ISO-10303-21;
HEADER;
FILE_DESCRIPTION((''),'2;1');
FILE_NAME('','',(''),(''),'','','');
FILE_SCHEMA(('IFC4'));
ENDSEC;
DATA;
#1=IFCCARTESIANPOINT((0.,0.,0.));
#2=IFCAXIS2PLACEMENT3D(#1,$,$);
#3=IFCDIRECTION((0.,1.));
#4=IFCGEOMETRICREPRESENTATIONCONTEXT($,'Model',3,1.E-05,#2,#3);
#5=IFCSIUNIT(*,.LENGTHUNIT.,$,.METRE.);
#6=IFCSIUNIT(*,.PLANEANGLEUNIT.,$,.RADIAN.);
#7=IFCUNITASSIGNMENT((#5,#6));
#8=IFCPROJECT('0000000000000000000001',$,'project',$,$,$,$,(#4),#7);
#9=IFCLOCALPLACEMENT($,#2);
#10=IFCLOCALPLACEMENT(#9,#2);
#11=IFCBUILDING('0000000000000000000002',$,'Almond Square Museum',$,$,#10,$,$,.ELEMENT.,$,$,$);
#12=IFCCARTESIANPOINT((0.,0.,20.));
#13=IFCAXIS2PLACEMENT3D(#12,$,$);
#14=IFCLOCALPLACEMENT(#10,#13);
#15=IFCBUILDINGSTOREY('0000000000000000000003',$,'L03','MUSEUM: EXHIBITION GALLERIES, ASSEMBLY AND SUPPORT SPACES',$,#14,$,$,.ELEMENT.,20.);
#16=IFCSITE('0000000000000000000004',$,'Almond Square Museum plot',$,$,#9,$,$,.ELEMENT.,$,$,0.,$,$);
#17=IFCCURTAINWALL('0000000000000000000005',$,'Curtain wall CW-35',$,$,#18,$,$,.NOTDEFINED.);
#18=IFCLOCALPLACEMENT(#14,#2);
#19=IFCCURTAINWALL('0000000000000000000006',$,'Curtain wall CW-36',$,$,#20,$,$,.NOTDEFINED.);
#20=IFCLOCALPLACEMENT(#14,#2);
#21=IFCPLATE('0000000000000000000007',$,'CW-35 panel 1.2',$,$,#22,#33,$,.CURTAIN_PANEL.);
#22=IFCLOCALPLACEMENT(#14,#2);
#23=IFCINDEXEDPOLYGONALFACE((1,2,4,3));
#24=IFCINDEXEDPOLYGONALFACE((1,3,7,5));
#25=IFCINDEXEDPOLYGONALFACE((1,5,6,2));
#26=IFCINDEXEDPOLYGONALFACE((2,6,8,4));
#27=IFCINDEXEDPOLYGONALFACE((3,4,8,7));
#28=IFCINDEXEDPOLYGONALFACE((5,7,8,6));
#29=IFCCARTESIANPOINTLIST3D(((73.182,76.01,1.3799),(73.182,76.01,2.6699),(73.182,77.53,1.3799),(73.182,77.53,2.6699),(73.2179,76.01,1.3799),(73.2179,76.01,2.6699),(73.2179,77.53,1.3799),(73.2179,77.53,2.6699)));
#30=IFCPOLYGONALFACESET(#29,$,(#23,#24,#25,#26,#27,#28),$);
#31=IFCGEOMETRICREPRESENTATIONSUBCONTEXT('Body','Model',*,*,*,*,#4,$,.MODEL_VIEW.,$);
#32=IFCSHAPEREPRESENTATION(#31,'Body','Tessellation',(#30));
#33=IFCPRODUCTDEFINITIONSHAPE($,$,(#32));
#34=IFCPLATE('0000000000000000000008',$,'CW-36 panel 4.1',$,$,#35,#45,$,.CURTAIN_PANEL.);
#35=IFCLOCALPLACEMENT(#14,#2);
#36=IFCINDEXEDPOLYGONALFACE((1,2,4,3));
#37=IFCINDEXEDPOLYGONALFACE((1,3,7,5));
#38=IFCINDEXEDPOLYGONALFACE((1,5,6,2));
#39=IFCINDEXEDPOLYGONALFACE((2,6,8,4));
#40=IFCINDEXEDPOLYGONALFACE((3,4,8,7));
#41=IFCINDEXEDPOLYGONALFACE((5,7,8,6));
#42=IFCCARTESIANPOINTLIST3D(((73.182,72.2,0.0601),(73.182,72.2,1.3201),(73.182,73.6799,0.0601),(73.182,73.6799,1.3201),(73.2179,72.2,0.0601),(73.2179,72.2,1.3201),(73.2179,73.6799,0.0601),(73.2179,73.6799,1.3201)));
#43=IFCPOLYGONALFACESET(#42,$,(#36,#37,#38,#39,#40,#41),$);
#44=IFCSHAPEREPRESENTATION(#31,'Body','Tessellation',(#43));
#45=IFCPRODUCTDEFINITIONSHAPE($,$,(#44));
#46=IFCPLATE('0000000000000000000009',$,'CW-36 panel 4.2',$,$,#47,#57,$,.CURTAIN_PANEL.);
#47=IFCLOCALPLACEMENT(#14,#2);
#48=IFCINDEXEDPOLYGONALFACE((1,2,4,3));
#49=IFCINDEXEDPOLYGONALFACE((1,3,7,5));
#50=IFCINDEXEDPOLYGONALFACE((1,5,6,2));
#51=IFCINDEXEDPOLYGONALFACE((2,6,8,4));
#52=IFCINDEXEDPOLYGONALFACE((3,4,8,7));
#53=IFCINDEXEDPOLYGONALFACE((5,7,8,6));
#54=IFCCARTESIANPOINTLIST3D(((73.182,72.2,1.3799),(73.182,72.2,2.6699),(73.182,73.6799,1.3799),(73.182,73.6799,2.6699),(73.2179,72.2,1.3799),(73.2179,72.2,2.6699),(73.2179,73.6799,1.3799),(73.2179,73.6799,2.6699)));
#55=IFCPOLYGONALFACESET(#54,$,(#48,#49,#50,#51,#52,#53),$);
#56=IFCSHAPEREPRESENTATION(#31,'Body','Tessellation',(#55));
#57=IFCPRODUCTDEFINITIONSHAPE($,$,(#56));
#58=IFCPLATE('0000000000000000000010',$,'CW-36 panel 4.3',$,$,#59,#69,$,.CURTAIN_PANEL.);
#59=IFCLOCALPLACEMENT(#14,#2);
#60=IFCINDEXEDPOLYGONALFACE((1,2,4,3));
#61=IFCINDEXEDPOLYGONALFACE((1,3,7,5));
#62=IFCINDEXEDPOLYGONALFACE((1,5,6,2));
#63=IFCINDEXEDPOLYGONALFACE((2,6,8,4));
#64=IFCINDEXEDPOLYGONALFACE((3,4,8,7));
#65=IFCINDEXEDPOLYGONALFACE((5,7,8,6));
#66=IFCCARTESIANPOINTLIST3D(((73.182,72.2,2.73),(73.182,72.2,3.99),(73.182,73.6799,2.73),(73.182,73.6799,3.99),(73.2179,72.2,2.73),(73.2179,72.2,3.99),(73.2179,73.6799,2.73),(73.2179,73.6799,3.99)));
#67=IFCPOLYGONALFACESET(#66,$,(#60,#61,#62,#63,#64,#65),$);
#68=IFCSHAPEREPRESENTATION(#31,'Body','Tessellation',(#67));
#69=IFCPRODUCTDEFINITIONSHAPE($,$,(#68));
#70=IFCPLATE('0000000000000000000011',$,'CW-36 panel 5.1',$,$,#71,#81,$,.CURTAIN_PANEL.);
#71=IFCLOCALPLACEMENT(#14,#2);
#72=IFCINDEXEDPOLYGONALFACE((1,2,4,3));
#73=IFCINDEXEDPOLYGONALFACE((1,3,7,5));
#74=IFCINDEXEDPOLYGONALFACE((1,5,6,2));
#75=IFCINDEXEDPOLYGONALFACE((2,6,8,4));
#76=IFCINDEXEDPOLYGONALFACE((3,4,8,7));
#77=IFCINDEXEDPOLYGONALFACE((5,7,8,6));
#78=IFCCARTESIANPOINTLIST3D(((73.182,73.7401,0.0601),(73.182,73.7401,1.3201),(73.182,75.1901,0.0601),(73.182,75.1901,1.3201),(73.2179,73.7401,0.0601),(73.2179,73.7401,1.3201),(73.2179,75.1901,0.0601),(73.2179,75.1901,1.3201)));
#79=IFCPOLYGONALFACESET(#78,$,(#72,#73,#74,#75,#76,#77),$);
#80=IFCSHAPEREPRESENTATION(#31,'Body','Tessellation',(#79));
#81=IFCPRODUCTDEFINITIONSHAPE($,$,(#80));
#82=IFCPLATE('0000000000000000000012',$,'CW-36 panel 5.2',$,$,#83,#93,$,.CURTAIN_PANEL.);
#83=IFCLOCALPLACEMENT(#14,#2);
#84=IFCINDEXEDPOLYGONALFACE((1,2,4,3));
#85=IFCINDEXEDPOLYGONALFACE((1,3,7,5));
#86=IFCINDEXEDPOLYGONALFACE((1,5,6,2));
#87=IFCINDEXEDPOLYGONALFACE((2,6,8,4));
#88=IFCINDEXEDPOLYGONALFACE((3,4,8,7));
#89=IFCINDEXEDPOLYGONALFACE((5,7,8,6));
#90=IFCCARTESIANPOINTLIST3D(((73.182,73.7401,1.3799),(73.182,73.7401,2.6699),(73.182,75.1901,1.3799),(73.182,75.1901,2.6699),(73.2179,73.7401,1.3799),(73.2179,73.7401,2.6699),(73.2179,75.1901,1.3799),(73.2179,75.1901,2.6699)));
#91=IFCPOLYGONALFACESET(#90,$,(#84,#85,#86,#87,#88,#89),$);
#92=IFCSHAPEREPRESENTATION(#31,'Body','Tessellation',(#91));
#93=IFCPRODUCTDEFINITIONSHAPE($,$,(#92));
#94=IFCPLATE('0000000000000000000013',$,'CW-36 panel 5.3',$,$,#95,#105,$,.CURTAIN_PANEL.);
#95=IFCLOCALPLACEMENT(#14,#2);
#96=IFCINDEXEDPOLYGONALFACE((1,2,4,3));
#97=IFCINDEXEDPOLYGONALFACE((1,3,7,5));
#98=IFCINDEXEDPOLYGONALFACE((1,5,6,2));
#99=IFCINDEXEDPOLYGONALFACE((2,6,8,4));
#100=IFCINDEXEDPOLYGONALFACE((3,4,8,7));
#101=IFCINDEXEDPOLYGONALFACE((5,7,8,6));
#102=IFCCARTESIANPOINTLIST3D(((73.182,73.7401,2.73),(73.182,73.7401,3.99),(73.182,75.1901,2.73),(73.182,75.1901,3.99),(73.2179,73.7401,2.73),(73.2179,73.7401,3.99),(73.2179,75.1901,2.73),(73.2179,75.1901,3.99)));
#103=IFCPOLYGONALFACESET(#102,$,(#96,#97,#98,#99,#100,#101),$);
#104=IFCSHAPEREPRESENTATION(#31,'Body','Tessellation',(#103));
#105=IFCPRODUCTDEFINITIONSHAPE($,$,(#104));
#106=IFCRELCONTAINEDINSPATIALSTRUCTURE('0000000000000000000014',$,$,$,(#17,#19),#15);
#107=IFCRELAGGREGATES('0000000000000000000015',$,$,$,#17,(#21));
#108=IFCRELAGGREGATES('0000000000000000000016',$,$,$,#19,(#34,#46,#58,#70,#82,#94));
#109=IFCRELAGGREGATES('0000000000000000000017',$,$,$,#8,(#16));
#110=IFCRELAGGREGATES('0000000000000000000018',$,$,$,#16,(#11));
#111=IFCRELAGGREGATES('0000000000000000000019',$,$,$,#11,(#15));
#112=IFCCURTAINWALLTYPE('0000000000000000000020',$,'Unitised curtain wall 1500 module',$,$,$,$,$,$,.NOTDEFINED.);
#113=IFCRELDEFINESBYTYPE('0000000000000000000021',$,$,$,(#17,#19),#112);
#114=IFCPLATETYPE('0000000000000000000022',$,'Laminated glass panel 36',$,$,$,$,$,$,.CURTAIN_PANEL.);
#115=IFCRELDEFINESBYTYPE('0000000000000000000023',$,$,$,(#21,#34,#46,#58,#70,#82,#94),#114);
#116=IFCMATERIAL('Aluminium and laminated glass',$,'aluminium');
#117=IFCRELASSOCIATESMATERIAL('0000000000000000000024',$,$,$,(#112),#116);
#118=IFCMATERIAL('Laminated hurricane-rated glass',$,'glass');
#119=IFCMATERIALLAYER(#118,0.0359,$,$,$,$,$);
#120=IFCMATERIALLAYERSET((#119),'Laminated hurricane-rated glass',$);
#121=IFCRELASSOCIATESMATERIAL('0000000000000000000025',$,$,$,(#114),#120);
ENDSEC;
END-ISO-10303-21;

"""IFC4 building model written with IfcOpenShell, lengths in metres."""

from ifc_helpers import new_model, si_unit, direction, frame, origin, origin_2d, place, context, subcontext, project, spatial, rectangle, extrude, material, layer, layer_set, type_object, element, aggregate, save


model = new_model("IFC4")

# Units and contexts
model_context = context("Model", 3, precision=1e-05, world=origin(), true_north=direction((0.0, 1.0)))
body_context = subcontext(model_context, "Body", "Model", "MODEL_VIEW")
ifc_project = project(units=[si_unit("LENGTHUNIT", "METRE"), si_unit("PLANEANGLEUNIT", "RADIAN")], contexts=[model_context])

# Site, building, storey
site_placement = place(None, origin())
site = spatial("IfcSite", under=ifc_project, at=site_placement, Name="Almond Square Museum plot", CompositionType="ELEMENT", RefElevation=0.0)
building_placement = place(site_placement, origin())
building = spatial("IfcBuilding", under=site, at=building_placement, Name="Almond Square Museum", CompositionType="ELEMENT")
storey_placement = place(building_placement, frame((0.0, 0.0, 20.0)))
storey = spatial("IfcBuildingStorey", under=building, at=storey_placement, Name="L03", Description="MUSEUM: EXHIBITION GALLERIES, ASSEMBLY AND SUPPORT SPACES", CompositionType="ELEMENT", Elevation=20.0)

# Curtain wall
ifc_material_1 = material(Name="Aluminium and laminated glass", Category="aluminium")
curtain_wall_type = type_object("IfcCurtainWallType", Name="Unitised curtain wall 1500 module", PredefinedType="NOTDEFINED", material=ifc_material_1)
curtain_wall_1_placement = place(storey_placement, origin())
curtain_wall_1 = element("IfcCurtainWall", 1, at=curtain_wall_1_placement, inside=storey, type_object=curtain_wall_type, Name="Curtain wall CW-35", PredefinedType="NOTDEFINED")

# Curtain wall
curtain_wall_2_placement = place(storey_placement, origin())
curtain_wall_2 = element("IfcCurtainWall", 2, at=curtain_wall_2_placement, inside=storey, type_object=curtain_wall_type, Name="Curtain wall CW-36", PredefinedType="NOTDEFINED")

# Plates
ifc_material_2 = material(Name="Laminated hurricane-rated glass", Category="glass")
ifc_layer = layer(ifc_material_2, 0.0359)
ifc_layer_set = layer_set([ifc_layer], Name="Laminated hurricane-rated glass")
plate_type = type_object("IfcPlateType", Name="Laminated glass panel 36", PredefinedType="CURTAIN_PANEL", material=ifc_layer_set)
plate_1_placement = place(storey_placement, frame((73.2, 76.77, 1.3799), z_axis=(0.0, 0.0, 1.0), x_axis=(0.0, 1.0, 0.0)))
plate_1 = element("IfcPlate", 3, at=plate_1_placement, type_object=plate_type, Name="CW-35 panel 1.2", PredefinedType="CURTAIN_PANEL", context=body_context, shape_type="SweptSolid", body=[
    extrude(rectangle(XDim=1.52, YDim=0.0359, at=origin_2d()), origin(), (0.0, 0.0, 1.0), 1.29),
])
aggregate(curtain_wall_1, [plate_1])
plate_2_placement = place(storey_placement, frame((73.2, 72.9399, 0.0601), z_axis=(0.0, 0.0, 1.0), x_axis=(0.0, 1.0, 0.0)))
plate_2 = element("IfcPlate", 4, at=plate_2_placement, type_object=plate_type, Name="CW-36 panel 4.1", PredefinedType="CURTAIN_PANEL", context=body_context, shape_type="SweptSolid", body=[
    extrude(rectangle(XDim=1.48, YDim=0.0359, at=origin_2d()), origin(), (0.0, 0.0, 1.0), 1.26),
])
plate_3_placement = place(storey_placement, frame((73.2, 72.9399, 1.3799), z_axis=(0.0, 0.0, 1.0), x_axis=(0.0, 1.0, 0.0)))
plate_3 = element("IfcPlate", 5, at=plate_3_placement, type_object=plate_type, Name="CW-36 panel 4.2", PredefinedType="CURTAIN_PANEL", context=body_context, shape_type="SweptSolid", body=[
    extrude(rectangle(XDim=1.48, YDim=0.0359, at=origin_2d()), origin(), (0.0, 0.0, 1.0), 1.29),
])
plate_4_placement = place(storey_placement, frame((73.2, 72.9399, 2.73), z_axis=(0.0, 0.0, 1.0), x_axis=(0.0, 1.0, 0.0)))
plate_4 = element("IfcPlate", 6, at=plate_4_placement, type_object=plate_type, Name="CW-36 panel 4.3", PredefinedType="CURTAIN_PANEL", context=body_context, shape_type="SweptSolid", body=[
    extrude(rectangle(XDim=1.48, YDim=0.0359, at=origin_2d()), origin(), (0.0, 0.0, 1.0), 1.26),
])
plate_5_placement = place(storey_placement, frame((73.2, 74.4651, 0.0601), z_axis=(0.0, 0.0, 1.0), x_axis=(0.0, 1.0, 0.0)))
plate_5 = element("IfcPlate", 7, at=plate_5_placement, type_object=plate_type, Name="CW-36 panel 5.1", PredefinedType="CURTAIN_PANEL", context=body_context, shape_type="SweptSolid", body=[
    extrude(rectangle(XDim=1.45, YDim=0.0359, at=origin_2d()), origin(), (0.0, 0.0, 1.0), 1.26),
])
plate_6_placement = place(storey_placement, frame((73.2, 74.4651, 1.3799), z_axis=(0.0, 0.0, 1.0), x_axis=(0.0, 1.0, 0.0)))
plate_6 = element("IfcPlate", 8, at=plate_6_placement, type_object=plate_type, Name="CW-36 panel 5.2", PredefinedType="CURTAIN_PANEL", context=body_context, shape_type="SweptSolid", body=[
    extrude(rectangle(XDim=1.45, YDim=0.0359, at=origin_2d()), origin(), (0.0, 0.0, 1.0), 1.29),
])
plate_7_placement = place(storey_placement, frame((73.2, 74.4651, 2.73), z_axis=(0.0, 0.0, 1.0), x_axis=(0.0, 1.0, 0.0)))
plate_7 = element("IfcPlate", 9, at=plate_7_placement, type_object=plate_type, Name="CW-36 panel 5.3", PredefinedType="CURTAIN_PANEL", context=body_context, shape_type="SweptSolid", body=[
    extrude(rectangle(XDim=1.45, YDim=0.0359, at=origin_2d()), origin(), (0.0, 0.0, 1.0), 1.26),
])
aggregate(curtain_wall_2, [plate_2, plate_3, plate_4, plate_5, plate_6, plate_7])

save(model, "model.ifc")
